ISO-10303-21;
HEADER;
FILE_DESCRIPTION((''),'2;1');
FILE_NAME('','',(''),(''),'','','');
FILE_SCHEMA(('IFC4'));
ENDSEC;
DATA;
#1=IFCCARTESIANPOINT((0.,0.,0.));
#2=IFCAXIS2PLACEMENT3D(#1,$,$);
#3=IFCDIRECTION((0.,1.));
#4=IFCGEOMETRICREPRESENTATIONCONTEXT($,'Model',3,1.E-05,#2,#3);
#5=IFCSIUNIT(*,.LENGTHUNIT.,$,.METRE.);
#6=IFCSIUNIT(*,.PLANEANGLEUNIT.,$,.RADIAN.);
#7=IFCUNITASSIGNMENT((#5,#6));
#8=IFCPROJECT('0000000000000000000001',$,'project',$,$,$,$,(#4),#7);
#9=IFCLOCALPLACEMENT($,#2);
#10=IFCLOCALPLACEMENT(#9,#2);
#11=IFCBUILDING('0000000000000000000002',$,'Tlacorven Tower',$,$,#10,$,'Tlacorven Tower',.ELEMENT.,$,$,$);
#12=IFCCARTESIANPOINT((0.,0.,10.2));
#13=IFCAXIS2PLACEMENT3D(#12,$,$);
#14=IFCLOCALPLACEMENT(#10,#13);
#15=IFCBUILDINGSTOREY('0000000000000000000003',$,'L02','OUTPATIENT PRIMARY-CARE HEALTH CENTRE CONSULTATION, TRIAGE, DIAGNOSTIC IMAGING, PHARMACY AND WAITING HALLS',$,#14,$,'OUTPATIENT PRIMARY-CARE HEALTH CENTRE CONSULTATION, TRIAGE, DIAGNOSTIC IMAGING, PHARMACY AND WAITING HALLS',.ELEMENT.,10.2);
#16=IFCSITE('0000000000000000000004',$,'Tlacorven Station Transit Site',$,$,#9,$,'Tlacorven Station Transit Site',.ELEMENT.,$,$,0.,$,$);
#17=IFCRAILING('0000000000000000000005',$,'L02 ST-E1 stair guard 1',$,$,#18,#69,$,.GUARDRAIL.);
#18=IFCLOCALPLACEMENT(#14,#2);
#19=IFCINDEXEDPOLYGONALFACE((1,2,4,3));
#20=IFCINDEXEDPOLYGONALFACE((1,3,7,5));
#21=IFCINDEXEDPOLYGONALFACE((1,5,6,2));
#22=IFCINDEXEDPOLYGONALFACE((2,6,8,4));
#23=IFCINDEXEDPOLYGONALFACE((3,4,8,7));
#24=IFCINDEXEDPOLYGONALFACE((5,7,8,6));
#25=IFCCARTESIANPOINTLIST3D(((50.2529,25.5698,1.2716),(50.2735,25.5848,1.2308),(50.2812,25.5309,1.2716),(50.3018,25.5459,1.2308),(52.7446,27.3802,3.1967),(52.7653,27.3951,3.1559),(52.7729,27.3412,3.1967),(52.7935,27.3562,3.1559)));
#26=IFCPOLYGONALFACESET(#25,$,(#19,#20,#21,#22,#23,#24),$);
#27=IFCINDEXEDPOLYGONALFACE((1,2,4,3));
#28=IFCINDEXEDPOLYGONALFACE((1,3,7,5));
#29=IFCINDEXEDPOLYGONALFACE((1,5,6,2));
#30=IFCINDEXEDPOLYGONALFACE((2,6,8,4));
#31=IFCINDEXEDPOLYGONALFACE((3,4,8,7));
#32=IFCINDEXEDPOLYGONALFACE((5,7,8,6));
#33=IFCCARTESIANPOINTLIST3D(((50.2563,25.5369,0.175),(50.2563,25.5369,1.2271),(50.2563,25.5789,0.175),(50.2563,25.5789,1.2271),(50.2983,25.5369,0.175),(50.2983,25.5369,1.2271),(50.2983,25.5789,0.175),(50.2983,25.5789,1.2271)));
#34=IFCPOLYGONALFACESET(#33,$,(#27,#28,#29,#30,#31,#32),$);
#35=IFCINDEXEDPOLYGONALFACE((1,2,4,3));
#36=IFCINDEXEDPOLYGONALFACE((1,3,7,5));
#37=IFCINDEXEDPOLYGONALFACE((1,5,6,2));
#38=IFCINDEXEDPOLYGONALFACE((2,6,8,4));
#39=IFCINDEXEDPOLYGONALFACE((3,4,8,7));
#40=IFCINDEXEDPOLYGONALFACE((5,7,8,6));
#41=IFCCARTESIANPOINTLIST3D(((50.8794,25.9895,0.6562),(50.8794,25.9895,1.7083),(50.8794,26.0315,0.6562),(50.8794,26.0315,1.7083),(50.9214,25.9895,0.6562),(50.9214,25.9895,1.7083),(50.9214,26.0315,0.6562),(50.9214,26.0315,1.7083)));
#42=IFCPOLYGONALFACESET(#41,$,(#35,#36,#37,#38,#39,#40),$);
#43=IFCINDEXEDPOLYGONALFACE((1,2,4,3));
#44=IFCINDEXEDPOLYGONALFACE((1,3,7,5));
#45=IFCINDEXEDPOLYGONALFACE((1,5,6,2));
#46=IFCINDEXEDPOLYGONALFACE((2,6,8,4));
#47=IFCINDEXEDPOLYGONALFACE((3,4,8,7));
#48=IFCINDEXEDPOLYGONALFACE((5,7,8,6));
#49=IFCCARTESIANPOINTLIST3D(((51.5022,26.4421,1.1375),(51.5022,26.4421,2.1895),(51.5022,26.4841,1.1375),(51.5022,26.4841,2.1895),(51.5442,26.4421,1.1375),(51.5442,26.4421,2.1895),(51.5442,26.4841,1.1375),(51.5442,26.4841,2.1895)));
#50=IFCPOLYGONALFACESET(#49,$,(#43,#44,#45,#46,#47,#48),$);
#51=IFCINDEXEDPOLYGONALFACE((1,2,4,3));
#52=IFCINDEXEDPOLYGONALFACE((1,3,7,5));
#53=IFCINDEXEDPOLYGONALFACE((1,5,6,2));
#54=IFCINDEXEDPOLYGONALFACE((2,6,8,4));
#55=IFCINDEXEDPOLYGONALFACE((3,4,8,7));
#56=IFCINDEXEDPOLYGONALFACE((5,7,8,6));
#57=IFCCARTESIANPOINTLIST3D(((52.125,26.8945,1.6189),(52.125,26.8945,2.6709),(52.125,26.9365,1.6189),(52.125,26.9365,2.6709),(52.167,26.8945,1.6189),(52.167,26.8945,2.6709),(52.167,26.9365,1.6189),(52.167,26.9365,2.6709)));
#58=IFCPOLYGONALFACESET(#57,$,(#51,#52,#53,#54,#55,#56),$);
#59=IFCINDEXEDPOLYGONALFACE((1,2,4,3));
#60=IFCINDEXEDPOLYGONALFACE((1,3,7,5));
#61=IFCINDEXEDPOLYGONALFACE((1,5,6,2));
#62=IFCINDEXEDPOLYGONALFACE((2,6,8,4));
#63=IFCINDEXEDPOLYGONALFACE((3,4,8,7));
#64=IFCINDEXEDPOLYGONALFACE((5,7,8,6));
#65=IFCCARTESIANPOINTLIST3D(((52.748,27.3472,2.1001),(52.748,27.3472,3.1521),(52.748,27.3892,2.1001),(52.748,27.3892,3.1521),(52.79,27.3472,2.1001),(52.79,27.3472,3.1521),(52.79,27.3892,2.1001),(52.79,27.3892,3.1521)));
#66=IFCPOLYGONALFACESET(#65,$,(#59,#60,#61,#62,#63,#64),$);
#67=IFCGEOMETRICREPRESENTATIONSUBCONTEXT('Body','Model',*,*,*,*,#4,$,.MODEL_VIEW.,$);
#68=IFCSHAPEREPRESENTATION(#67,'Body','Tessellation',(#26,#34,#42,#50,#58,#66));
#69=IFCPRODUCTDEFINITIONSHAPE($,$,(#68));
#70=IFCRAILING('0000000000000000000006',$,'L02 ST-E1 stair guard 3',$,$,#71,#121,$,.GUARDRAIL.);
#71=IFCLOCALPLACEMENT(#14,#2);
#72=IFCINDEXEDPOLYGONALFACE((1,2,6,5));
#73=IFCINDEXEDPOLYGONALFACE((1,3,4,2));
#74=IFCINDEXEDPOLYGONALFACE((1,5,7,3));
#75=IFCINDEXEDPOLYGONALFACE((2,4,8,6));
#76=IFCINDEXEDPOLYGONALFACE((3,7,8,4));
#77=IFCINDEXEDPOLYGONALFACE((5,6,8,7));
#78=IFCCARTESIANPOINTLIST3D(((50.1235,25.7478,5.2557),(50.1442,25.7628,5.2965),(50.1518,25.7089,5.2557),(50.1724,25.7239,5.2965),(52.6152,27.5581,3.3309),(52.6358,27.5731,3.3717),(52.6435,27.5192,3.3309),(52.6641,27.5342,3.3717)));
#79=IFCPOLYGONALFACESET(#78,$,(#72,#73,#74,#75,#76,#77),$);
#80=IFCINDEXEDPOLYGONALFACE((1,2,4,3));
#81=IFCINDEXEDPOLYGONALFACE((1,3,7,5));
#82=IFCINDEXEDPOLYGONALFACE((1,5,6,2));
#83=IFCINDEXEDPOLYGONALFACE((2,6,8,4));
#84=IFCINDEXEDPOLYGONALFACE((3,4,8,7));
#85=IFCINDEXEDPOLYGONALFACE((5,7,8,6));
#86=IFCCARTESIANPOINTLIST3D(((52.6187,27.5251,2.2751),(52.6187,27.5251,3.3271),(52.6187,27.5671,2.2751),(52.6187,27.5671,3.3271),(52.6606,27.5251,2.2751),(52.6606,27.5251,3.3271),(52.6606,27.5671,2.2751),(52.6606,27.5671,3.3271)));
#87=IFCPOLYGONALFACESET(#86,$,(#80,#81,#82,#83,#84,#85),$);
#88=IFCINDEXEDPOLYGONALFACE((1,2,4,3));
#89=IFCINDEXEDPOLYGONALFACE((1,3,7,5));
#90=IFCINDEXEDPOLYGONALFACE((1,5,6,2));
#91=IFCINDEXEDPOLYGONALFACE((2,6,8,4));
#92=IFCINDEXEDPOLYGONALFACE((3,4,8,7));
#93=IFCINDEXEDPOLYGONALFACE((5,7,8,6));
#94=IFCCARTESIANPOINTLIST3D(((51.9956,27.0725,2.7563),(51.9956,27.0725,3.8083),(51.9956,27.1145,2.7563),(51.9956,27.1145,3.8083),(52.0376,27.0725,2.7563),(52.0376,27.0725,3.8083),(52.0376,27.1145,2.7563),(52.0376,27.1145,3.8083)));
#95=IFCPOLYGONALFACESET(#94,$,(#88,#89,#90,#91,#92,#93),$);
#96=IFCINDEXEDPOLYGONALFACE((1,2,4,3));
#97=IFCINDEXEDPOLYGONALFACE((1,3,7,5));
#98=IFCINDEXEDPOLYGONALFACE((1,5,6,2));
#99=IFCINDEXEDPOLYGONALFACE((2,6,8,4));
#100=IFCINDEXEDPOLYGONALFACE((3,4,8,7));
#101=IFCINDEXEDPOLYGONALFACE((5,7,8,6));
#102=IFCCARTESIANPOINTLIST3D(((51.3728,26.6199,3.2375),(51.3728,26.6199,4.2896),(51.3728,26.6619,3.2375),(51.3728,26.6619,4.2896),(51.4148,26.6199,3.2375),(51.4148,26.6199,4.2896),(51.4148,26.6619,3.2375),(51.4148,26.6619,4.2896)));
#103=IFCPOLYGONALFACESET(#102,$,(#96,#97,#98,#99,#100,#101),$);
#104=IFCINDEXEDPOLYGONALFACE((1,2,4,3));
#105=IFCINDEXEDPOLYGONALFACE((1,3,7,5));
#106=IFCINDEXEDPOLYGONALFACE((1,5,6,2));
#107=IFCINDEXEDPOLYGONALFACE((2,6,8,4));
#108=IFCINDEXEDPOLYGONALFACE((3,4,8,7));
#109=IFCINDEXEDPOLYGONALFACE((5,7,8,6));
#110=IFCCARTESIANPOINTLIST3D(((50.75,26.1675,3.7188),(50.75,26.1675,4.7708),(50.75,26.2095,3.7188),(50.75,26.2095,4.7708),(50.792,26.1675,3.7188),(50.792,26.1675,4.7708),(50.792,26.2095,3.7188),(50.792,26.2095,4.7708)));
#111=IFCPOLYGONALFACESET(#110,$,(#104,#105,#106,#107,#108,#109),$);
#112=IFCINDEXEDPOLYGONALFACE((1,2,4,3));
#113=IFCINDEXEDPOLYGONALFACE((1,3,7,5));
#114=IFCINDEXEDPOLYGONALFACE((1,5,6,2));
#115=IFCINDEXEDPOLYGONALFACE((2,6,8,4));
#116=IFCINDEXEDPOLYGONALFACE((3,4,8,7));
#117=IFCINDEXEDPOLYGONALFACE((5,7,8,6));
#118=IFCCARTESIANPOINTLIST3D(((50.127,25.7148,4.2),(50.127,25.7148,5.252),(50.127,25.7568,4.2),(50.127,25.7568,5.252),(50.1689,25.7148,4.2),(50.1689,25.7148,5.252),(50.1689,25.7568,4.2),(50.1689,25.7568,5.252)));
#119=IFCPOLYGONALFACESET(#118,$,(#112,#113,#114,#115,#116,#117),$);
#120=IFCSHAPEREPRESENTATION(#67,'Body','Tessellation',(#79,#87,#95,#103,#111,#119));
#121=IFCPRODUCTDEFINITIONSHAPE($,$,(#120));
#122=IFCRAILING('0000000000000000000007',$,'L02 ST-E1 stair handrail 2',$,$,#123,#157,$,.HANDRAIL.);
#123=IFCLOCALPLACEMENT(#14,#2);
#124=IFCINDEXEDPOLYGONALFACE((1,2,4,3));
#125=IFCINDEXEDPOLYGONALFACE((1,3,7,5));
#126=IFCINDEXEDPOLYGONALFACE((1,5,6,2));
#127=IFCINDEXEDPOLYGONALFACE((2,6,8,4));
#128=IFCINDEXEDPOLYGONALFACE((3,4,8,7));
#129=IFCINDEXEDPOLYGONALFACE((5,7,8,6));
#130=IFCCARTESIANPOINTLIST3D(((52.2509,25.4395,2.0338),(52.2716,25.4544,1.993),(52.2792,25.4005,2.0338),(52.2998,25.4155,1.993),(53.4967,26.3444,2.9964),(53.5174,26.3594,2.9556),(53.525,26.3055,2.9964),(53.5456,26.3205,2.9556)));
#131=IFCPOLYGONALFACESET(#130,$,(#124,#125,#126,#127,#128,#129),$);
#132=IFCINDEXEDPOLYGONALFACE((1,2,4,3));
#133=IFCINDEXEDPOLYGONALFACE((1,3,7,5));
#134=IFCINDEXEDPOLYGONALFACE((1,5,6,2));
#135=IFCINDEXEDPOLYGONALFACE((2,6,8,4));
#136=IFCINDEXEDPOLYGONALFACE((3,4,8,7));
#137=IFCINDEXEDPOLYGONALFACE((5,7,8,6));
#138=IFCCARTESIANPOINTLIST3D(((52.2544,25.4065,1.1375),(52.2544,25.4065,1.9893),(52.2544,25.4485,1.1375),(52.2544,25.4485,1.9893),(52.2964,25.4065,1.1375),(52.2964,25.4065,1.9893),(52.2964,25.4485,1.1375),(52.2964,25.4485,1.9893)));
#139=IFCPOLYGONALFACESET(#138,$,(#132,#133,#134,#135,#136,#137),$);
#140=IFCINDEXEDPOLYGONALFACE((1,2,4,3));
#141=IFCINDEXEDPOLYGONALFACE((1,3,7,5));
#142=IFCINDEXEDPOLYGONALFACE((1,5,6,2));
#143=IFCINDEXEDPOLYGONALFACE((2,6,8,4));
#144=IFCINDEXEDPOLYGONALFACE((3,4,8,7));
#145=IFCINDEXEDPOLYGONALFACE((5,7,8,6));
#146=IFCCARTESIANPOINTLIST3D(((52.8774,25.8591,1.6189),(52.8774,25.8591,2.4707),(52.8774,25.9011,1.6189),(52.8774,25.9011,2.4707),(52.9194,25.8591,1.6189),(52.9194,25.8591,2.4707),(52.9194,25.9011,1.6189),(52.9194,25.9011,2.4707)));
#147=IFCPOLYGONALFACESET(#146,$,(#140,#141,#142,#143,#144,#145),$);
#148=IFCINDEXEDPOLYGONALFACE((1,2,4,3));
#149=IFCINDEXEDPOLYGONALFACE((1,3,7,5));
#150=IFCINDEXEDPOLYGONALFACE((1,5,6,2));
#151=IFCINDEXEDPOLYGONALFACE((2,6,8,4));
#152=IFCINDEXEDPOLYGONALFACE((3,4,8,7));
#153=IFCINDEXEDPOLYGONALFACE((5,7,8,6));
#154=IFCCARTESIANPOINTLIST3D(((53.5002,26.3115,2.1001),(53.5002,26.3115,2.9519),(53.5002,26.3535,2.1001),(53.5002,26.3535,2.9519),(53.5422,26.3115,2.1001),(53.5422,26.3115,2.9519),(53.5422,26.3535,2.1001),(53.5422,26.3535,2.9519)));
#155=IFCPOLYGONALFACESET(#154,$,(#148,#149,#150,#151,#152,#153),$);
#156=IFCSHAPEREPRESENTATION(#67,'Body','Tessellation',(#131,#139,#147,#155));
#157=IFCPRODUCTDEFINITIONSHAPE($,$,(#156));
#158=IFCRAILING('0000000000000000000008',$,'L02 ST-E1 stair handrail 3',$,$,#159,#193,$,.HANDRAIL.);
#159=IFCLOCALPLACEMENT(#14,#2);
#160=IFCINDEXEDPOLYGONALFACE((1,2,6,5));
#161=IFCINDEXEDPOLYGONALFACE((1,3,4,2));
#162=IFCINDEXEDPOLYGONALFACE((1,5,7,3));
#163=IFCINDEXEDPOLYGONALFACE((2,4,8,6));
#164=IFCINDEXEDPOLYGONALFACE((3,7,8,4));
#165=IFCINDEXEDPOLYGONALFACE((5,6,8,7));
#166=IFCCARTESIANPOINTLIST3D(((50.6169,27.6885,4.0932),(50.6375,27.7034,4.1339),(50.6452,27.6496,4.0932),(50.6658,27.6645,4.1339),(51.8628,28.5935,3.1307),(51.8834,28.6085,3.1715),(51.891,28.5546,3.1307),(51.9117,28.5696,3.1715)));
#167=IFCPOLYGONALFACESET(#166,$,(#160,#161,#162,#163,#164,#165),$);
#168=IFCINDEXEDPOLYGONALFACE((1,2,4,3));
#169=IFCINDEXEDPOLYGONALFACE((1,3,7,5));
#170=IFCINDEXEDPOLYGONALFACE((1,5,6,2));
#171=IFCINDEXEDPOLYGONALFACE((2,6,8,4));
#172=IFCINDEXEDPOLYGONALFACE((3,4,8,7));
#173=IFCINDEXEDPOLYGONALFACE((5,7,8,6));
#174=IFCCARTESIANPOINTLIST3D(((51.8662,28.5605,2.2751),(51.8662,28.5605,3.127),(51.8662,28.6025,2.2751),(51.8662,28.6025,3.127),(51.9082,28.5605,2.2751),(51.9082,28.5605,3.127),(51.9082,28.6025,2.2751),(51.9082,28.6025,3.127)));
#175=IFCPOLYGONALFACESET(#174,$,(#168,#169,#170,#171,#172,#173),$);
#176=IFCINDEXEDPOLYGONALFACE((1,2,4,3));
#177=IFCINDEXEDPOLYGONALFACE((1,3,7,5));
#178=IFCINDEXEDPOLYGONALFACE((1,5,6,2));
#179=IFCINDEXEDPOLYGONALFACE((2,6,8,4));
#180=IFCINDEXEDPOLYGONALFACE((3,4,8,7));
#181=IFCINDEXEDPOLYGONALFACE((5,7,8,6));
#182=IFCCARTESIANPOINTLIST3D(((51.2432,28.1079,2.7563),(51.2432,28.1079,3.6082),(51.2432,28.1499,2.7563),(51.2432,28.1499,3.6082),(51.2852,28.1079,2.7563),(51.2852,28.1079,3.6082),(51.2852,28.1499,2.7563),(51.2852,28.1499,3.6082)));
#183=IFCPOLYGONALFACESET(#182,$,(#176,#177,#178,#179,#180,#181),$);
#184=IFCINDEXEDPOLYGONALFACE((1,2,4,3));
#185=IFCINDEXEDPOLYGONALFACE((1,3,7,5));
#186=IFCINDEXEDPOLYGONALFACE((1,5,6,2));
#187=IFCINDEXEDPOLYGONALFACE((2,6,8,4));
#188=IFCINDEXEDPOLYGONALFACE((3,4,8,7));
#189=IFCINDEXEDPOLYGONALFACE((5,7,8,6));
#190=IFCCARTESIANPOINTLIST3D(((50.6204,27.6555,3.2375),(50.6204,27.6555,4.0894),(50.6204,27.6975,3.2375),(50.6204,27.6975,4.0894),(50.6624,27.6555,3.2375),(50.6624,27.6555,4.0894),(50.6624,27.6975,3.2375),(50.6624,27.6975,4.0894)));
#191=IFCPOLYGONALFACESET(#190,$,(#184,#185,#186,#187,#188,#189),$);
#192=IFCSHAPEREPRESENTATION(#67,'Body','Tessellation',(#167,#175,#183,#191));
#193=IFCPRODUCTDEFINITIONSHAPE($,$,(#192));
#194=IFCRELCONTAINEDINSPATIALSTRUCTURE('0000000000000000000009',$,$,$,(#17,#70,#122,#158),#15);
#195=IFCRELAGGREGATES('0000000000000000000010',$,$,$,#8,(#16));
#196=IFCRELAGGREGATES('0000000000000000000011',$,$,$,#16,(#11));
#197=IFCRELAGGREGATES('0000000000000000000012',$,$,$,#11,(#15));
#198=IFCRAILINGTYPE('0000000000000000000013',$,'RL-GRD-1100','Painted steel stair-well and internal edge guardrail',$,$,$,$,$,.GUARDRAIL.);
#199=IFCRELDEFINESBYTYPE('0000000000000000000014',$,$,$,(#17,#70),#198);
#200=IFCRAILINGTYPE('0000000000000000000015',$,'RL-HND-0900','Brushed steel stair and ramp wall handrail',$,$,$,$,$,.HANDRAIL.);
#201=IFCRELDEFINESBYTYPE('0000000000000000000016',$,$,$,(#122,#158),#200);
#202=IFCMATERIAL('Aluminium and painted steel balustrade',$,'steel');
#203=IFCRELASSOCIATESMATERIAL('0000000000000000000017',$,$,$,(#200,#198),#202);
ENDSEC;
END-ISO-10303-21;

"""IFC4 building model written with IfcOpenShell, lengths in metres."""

from ifc_helpers import new_model, si_unit, direction, frame, origin, origin_2d, place, context, subcontext, project, spatial, rectangle, extrude, source, transform, mapped, material, type_object, element, save


model = new_model("IFC4")

# Units and contexts
model_context = context("Model", 3, precision=1e-05, world=origin(), true_north=direction((0.0, 1.0)))
body_context = subcontext(model_context, "Body", "Model", "MODEL_VIEW")
ifc_project = project(units=[si_unit("LENGTHUNIT", "METRE"), si_unit("PLANEANGLEUNIT", "RADIAN")], contexts=[model_context])

# Site, building, storey
site_placement = place(None, origin())
site = spatial("IfcSite", under=ifc_project, at=site_placement, Name="Tlacorven Station Transit Site", LongName="Tlacorven Station Transit Site", CompositionType="ELEMENT", RefElevation=0.0)
building_placement = place(site_placement, origin())
building = spatial("IfcBuilding", under=site, at=building_placement, Name="Tlacorven Tower", LongName="Tlacorven Tower", CompositionType="ELEMENT")
storey_placement = place(building_placement, frame((0.0, 0.0, 10.2)))
storey = spatial("IfcBuildingStorey", under=building, at=storey_placement, Name="L02", Description="OUTPATIENT PRIMARY-CARE HEALTH CENTRE CONSULTATION, TRIAGE, DIAGNOSTIC IMAGING, PHARMACY AND WAITING HALLS", LongName="OUTPATIENT PRIMARY-CARE HEALTH CENTRE CONSULTATION, TRIAGE, DIAGNOSTIC IMAGING, PHARMACY AND WAITING HALLS", CompositionType="ELEMENT", Elevation=10.2)

# Railings
ifc_material_1 = material(Name="Aluminium and painted steel balustrade", Category="steel")
railing_type_1 = type_object("IfcRailingType", Name="RL-HND-0900", Description="Brushed steel stair and ramp wall handrail", PredefinedType="HANDRAIL", material=ifc_material_1)
railing_type_2 = type_object("IfcRailingType", Name="RL-GRD-1100", Description="Painted steel stair-well and internal edge guardrail", PredefinedType="GUARDRAIL", material=ifc_material_1)
shared_shape_1 = source(origin(), body_context, "Body", "SweptSolid", [
    extrude(rectangle(XDim=0.0481, YDim=0.0481, at=origin_2d()), frame((0.0, 0.0, 1.0762), z_axis=(0.686037, 0.498429, 0.530021), x_axis=(-0.58778, 0.809021, 0.0)), (0.0, 0.0, 1.0), 3.6321),
    extrude(rectangle(XDim=0.042, YDim=0.042, at=origin_2d()), origin(), (0.0, 0.0, 1.0), 1.052),
    extrude(rectangle(XDim=0.042, YDim=0.042, at=origin_2d()), frame((0.623, 0.4526, 0.4812)), (0.0, 0.0, 1.0), 1.052),
    extrude(rectangle(XDim=0.042, YDim=0.042, at=origin_2d()), frame((1.2458, 0.9053, 0.9624)), (0.0, 0.0, 1.0), 1.052),
    extrude(rectangle(XDim=0.042, YDim=0.042, at=origin_2d()), frame((1.8687, 1.3577, 1.4438)), (0.0, 0.0, 1.0), 1.052),
    extrude(rectangle(XDim=0.042, YDim=0.042, at=origin_2d()), frame((2.4917, 1.8103, 1.925)), (0.0, 0.0, 1.0), 1.052),
])
railing_1_placement = place(storey_placement, frame((50.2773, 25.5579, 0.175)))
element("IfcRailing", 1, at=railing_1_placement, inside=storey, type_object=railing_type_2, Name="L02 ST-E1 stair guard 1", PredefinedType="GUARDRAIL", context=body_context, shape_type="MappedRepresentation", body=[
    mapped(shared_shape_1, transform((0.0, 0.0, 0.0), scale=1.0)),
])
shared_shape_2 = source(origin(), body_context, "Body", "SweptSolid", [
    extrude(rectangle(XDim=0.0481, YDim=0.0481, at=origin_2d()), frame((0.0, 0.0, 1.0762), z_axis=(-0.686061, -0.498446, 0.529973), x_axis=(0.58778, -0.809021, 0.0)), (0.0, 0.0, 1.0), 3.6318),
    extrude(rectangle(XDim=0.042, YDim=0.042, at=origin_2d()), origin(), (0.0, 0.0, 1.0), 1.052),
    extrude(rectangle(XDim=0.042, YDim=0.042, at=origin_2d()), frame((-0.623, -0.4526, 0.4812)), (0.0, 0.0, 1.0), 1.052),
    extrude(rectangle(XDim=0.042, YDim=0.042, at=origin_2d()), frame((-1.2458, -0.9053, 0.9624)), (0.0, 0.0, 1.0), 1.052),
    extrude(rectangle(XDim=0.042, YDim=0.042, at=origin_2d()), frame((-1.8687, -1.3577, 1.4436)), (0.0, 0.0, 1.0), 1.052),
    extrude(rectangle(XDim=0.042, YDim=0.042, at=origin_2d()), frame((-2.4917, -1.8103, 1.9248)), (0.0, 0.0, 1.0), 1.052),
])
railing_2_placement = place(storey_placement, frame((52.6396, 27.5461, 2.2751)))
element("IfcRailing", 2, at=railing_2_placement, inside=storey, type_object=railing_type_2, Name="L02 ST-E1 stair guard 3", PredefinedType="GUARDRAIL", context=body_context, shape_type="MappedRepresentation", body=[
    mapped(shared_shape_2, transform((0.0, 0.0, 0.0), scale=1.0)),
])
shared_shape_3 = source(origin(), body_context, "Body", "SweptSolid", [
    extrude(rectangle(XDim=0.0481, YDim=0.0481, at=origin_2d()), frame((0.0, 0.0, 0.876), z_axis=(0.686035, 0.49836, 0.530088), x_axis=(-0.587729, 0.809058, 0.0)), (0.0, 0.0, 1.0), 1.8159),
    extrude(rectangle(XDim=0.042, YDim=0.042, at=origin_2d()), origin(), (0.0, 0.0, 1.0), 0.8518),
    extrude(rectangle(XDim=0.042, YDim=0.042, at=origin_2d()), frame((0.623, 0.4526, 0.4814)), (0.0, 0.0, 1.0), 0.8518),
    extrude(rectangle(XDim=0.042, YDim=0.042, at=origin_2d()), frame((1.2458, 0.905, 0.9626)), (0.0, 0.0, 1.0), 0.8518),
])
railing_3_placement = place(storey_placement, frame((52.2754, 25.4275, 1.1375)))
element("IfcRailing", 3, at=railing_3_placement, inside=storey, type_object=railing_type_1, Name="L02 ST-E1 stair handrail 2", PredefinedType="HANDRAIL", context=body_context, shape_type="MappedRepresentation", body=[
    mapped(shared_shape_3, transform((0.0, 0.0, 0.0), scale=1.0)),
])
shared_shape_4 = source(origin(), body_context, "Body", "SweptSolid", [
    extrude(rectangle(XDim=0.0481, YDim=0.0481, at=origin_2d()), frame((0.0, 0.0, 0.876), z_axis=(-0.686084, -0.498396, 0.529991), x_axis=(0.587729, -0.809058, 0.0)), (0.0, 0.0, 1.0), 1.8159),
    extrude(rectangle(XDim=0.042, YDim=0.042, at=origin_2d()), origin(), (0.0, 0.0, 1.0), 0.8518),
    extrude(rectangle(XDim=0.042, YDim=0.042, at=origin_2d()), frame((-0.623, -0.4526, 0.4812)), (0.0, 0.0, 1.0), 0.8518),
    extrude(rectangle(XDim=0.042, YDim=0.042, at=origin_2d()), frame((-1.2458, -0.905, 0.9624)), (0.0, 0.0, 1.0), 0.8518),
])
railing_4_placement = place(storey_placement, frame((51.8872, 28.5815, 2.2751)))
element("IfcRailing", 4, at=railing_4_placement, inside=storey, type_object=railing_type_1, Name="L02 ST-E1 stair handrail 3", PredefinedType="HANDRAIL", context=body_context, shape_type="MappedRepresentation", body=[
    mapped(shared_shape_4, transform((0.0, 0.0, 0.0), scale=1.0)),
])

save(model, "model.ifc")
